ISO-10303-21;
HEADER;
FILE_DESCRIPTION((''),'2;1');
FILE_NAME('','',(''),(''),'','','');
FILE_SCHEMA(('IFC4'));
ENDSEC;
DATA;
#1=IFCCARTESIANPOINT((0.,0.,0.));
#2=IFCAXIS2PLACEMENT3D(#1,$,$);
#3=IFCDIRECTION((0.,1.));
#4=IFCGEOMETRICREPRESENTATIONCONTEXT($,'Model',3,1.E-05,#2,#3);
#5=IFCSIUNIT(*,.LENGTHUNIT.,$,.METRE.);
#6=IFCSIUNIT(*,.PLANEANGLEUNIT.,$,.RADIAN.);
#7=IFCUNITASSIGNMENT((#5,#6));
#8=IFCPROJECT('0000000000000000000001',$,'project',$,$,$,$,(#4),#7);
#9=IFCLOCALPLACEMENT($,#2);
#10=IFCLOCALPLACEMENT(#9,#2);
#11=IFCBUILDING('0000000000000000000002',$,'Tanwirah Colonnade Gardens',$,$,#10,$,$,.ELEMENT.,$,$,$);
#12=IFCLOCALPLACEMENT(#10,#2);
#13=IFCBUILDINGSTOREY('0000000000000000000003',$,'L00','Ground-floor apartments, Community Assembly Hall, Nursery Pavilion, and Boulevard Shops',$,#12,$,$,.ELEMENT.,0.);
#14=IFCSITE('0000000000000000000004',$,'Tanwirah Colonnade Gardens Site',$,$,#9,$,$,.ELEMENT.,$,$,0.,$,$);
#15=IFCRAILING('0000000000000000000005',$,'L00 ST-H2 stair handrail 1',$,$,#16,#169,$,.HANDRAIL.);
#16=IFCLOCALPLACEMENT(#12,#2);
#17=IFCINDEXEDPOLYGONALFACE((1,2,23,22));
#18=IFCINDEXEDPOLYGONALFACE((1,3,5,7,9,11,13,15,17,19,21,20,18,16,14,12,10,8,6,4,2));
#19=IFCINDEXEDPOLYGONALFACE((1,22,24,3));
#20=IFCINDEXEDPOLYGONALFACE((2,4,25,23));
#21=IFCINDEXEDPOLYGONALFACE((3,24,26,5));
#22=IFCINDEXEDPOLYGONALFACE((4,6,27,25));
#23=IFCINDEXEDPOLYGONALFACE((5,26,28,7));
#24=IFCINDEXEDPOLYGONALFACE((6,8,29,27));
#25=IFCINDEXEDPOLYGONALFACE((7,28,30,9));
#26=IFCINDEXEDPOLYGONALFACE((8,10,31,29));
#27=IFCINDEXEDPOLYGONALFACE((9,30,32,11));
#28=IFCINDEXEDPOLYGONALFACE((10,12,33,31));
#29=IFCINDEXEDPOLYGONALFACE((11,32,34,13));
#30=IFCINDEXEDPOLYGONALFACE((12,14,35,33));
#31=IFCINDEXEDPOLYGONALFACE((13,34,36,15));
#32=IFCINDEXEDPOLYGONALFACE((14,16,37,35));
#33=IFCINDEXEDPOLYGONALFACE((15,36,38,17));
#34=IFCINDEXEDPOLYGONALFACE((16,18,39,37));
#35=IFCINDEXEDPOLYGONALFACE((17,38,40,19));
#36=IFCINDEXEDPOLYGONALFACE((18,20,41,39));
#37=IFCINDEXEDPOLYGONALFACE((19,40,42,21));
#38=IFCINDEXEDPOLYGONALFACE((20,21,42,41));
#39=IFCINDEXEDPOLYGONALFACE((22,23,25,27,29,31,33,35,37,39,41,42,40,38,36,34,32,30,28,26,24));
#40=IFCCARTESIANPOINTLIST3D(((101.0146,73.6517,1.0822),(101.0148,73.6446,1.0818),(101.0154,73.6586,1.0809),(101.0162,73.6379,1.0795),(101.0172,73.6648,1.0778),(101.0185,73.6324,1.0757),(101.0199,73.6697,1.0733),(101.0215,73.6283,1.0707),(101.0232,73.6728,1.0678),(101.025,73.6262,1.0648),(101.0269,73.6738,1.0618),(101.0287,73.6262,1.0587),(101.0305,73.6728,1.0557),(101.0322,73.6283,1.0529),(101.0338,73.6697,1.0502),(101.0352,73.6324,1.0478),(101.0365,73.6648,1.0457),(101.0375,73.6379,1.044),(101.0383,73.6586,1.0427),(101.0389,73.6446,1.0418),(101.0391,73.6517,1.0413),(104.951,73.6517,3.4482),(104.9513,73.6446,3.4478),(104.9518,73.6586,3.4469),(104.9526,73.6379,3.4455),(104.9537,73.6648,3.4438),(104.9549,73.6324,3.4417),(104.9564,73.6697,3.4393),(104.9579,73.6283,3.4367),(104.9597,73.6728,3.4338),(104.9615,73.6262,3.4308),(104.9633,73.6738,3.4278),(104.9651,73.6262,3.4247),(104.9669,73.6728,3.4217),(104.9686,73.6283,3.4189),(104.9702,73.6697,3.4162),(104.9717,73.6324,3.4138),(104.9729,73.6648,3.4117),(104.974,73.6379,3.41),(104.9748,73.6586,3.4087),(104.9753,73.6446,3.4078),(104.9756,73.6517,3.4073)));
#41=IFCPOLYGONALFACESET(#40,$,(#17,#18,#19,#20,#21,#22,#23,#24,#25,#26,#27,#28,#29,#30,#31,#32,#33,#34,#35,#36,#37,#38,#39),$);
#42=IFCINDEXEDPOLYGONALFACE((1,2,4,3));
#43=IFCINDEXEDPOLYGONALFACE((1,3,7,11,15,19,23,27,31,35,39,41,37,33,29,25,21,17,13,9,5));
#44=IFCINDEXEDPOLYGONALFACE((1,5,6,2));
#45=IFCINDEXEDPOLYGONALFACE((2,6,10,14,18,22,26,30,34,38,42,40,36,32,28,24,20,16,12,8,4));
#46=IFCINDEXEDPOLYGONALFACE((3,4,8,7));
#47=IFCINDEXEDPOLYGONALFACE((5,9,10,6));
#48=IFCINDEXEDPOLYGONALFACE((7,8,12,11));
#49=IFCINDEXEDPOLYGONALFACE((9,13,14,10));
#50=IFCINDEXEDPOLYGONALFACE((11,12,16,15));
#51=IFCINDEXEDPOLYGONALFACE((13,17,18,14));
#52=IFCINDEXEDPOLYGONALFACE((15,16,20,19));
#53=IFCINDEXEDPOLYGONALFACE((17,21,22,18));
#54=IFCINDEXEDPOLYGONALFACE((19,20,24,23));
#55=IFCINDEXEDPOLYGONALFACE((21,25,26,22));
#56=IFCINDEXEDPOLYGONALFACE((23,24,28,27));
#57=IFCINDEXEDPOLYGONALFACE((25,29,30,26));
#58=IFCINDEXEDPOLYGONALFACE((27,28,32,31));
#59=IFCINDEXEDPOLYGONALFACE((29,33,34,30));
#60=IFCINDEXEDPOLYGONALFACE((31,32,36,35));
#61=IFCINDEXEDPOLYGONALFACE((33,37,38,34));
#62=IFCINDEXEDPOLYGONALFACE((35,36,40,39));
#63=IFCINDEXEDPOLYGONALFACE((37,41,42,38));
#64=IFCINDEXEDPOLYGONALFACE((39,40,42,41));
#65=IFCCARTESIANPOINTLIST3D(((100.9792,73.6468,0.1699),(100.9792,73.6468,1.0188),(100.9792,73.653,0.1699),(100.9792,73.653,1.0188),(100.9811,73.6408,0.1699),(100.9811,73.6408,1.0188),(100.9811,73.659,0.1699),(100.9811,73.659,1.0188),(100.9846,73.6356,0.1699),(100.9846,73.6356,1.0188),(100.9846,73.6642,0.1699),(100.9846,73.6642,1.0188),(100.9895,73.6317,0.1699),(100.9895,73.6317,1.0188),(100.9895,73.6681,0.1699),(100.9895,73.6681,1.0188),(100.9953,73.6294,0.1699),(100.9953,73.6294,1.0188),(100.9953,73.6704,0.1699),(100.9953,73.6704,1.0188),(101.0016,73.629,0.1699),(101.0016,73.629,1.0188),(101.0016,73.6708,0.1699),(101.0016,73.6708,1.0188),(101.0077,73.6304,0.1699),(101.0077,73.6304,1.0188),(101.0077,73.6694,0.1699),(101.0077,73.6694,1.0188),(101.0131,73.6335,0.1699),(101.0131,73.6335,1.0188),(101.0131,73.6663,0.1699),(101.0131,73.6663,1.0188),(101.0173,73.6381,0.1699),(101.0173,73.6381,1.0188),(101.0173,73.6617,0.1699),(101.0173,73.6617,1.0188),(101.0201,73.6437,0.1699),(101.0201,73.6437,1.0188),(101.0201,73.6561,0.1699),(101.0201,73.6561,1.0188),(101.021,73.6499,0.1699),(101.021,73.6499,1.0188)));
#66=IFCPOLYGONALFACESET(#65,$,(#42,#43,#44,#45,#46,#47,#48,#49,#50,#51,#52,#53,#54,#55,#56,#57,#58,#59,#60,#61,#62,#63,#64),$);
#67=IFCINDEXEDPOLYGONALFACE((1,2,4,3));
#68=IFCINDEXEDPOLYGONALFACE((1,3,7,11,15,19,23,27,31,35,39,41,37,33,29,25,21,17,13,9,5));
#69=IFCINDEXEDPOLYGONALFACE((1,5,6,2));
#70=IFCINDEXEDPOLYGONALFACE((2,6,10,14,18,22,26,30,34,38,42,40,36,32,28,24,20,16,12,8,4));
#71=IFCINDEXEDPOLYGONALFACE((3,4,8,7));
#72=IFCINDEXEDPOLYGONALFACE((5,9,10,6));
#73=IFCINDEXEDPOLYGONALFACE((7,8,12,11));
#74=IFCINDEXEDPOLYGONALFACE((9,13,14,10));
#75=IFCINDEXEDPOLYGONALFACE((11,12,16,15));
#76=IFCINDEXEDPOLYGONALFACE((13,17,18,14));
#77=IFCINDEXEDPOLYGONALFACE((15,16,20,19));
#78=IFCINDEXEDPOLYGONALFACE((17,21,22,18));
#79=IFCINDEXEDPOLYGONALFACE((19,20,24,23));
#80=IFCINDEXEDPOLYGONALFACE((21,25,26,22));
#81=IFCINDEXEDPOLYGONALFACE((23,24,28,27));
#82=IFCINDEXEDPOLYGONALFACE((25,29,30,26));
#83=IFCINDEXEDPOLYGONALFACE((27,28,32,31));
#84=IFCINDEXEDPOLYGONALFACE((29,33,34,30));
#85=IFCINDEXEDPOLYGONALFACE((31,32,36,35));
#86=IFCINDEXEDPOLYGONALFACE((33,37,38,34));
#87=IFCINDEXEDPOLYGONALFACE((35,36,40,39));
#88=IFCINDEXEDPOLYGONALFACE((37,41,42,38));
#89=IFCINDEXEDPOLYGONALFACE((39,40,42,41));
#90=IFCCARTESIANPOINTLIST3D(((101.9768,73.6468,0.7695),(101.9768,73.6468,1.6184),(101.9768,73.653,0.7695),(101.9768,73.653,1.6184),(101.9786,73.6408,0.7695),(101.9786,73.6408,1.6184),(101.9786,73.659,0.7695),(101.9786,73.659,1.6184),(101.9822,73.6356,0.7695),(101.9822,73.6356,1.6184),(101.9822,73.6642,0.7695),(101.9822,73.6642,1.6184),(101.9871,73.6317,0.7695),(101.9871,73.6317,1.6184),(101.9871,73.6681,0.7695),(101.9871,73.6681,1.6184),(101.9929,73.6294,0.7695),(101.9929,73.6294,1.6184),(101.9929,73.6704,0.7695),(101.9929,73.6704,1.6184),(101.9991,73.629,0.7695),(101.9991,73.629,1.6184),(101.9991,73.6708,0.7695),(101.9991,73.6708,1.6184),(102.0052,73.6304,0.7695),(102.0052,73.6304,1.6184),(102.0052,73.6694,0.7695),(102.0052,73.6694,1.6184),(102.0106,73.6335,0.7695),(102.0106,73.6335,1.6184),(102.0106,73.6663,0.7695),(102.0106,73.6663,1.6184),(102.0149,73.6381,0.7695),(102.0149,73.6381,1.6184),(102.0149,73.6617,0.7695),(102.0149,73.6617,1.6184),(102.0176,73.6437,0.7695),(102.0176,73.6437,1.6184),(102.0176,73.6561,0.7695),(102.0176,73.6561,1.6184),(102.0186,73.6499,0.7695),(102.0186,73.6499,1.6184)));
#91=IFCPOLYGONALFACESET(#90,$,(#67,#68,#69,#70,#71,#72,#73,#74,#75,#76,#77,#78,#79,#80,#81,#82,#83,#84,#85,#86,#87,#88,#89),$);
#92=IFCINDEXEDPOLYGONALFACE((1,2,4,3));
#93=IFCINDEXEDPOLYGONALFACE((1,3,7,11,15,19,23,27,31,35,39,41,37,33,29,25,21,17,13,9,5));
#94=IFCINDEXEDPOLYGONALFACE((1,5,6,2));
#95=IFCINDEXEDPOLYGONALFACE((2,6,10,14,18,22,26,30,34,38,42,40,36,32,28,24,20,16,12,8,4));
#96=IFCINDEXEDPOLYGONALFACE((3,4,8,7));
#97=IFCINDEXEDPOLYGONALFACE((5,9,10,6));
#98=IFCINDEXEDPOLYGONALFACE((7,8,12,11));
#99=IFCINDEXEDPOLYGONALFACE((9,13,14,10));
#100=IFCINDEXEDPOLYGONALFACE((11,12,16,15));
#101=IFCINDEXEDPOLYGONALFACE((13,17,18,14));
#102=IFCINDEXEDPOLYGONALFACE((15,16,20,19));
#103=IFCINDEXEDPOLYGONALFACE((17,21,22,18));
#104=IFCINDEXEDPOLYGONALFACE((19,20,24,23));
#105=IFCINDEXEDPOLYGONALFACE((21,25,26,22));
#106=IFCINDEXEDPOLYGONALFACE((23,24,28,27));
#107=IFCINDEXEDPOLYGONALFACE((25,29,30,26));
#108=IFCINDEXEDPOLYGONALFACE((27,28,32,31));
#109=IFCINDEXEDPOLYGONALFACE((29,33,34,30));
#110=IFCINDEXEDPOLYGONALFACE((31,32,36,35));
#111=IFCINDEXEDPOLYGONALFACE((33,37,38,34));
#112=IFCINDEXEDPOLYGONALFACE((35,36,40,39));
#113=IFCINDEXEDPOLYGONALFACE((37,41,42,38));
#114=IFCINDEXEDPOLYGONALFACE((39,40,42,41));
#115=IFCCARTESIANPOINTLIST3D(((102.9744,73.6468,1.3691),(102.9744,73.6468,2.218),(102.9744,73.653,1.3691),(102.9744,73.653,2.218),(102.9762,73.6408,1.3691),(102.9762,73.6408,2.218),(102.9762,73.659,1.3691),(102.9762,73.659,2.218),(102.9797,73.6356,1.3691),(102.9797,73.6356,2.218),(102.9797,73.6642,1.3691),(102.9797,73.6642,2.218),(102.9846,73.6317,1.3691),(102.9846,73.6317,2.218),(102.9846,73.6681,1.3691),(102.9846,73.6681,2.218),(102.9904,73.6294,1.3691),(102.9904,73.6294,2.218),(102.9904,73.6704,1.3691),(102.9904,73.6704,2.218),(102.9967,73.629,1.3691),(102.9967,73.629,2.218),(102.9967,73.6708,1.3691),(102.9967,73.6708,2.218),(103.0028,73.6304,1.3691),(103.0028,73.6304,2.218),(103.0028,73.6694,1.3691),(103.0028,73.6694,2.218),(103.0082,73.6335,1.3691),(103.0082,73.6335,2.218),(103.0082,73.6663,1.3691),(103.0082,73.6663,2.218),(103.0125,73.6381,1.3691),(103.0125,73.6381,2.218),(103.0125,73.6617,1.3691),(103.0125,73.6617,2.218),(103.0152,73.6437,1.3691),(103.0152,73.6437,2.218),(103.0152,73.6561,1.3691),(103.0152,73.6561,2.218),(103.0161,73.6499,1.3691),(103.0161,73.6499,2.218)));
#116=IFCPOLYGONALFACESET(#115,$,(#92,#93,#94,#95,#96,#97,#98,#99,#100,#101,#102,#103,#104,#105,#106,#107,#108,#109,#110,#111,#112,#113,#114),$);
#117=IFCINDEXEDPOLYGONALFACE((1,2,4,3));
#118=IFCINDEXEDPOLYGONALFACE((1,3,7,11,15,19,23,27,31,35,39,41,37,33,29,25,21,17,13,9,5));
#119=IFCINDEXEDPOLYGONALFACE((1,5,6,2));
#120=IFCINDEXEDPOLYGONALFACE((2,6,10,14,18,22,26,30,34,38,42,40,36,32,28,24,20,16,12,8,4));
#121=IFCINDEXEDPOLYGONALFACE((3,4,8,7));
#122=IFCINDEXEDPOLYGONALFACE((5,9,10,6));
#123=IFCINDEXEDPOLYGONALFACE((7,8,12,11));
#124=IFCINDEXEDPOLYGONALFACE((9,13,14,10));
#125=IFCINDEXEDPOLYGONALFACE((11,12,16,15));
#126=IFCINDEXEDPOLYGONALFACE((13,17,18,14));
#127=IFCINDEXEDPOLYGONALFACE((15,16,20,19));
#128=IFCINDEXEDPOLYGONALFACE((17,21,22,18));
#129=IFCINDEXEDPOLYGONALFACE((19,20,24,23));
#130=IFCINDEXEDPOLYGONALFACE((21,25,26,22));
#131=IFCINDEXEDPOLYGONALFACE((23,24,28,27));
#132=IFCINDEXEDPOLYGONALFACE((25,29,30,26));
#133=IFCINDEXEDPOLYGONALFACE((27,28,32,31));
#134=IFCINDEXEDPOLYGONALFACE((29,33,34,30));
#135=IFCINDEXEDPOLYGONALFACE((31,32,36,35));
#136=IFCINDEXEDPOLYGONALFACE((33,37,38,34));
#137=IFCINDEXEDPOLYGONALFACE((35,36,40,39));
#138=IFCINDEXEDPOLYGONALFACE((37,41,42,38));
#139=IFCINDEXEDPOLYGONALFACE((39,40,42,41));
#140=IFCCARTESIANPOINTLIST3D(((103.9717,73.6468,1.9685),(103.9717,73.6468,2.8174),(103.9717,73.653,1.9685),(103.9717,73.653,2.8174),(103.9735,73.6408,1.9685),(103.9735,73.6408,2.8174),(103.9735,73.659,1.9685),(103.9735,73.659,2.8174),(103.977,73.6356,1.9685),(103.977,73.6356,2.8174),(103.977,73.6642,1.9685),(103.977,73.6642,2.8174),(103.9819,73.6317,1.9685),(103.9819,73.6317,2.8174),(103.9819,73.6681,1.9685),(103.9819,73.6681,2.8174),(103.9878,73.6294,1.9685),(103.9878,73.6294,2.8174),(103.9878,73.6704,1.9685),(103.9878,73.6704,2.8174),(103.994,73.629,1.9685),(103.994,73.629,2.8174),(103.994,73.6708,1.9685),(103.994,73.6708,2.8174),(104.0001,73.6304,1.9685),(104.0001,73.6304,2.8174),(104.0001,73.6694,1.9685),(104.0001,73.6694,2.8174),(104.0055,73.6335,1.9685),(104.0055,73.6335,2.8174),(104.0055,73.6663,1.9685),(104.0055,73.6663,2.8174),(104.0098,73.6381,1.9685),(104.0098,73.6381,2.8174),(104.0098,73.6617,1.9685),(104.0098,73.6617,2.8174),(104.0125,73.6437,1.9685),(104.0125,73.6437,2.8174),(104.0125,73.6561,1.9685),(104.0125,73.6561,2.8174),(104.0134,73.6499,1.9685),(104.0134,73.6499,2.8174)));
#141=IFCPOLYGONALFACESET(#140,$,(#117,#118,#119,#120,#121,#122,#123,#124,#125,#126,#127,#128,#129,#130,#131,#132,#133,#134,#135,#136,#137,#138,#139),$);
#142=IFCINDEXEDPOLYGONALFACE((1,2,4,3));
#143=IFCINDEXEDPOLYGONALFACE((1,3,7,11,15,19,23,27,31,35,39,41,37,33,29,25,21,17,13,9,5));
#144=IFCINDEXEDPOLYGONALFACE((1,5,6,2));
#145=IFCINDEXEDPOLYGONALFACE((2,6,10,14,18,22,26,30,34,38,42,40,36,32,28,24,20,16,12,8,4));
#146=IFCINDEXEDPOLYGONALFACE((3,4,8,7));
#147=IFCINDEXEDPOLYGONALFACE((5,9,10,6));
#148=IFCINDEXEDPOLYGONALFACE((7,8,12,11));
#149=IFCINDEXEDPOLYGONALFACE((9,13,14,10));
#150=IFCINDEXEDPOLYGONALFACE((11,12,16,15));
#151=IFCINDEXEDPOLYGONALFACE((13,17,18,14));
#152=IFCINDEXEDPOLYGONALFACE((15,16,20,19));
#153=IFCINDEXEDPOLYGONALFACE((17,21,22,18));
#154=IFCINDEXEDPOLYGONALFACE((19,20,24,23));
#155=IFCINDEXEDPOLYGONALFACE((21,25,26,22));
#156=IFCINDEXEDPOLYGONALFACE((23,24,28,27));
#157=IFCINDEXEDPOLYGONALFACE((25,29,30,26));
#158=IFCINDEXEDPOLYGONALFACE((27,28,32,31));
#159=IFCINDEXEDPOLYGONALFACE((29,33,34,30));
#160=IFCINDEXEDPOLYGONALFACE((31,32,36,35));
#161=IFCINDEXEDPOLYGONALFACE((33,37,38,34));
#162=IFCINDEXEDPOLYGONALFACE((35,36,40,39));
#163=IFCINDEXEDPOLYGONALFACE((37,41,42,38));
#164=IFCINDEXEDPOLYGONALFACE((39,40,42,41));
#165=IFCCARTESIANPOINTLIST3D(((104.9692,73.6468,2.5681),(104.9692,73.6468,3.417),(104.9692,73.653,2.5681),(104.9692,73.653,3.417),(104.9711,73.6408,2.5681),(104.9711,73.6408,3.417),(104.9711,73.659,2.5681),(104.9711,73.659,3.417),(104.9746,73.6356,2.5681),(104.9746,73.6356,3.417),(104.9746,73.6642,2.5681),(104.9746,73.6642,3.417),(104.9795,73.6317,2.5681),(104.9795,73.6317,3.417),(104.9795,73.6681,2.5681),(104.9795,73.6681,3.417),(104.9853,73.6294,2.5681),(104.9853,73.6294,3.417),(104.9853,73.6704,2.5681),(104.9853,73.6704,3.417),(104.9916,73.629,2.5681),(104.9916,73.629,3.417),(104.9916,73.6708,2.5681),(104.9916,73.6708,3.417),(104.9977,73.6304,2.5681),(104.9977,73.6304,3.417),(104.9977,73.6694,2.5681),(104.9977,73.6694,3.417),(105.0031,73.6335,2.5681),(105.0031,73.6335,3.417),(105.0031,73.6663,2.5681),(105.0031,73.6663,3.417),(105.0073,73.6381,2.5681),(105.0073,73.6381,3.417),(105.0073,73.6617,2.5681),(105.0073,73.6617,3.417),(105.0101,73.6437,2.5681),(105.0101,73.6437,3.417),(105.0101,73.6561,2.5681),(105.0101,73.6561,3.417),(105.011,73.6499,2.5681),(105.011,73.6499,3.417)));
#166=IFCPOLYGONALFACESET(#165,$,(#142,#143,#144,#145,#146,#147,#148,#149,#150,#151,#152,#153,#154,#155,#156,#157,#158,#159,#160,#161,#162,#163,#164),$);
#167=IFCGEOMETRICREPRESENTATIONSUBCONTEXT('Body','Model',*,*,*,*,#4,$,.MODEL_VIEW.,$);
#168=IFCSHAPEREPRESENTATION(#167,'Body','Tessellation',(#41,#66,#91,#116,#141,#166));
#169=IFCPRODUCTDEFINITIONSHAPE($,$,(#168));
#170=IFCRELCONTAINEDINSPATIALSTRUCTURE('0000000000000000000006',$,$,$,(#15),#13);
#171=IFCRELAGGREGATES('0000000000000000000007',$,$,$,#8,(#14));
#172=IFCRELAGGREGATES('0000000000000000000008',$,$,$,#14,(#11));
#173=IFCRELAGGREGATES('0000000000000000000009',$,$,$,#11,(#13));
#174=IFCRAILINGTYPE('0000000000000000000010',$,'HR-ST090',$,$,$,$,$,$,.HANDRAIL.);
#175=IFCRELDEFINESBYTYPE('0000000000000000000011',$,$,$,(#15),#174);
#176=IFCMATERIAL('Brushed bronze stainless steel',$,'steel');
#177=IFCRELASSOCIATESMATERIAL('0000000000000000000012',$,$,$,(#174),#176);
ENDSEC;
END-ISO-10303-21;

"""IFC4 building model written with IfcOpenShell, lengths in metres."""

from ifc_helpers import new_model, si_unit, direction, frame, origin, origin_2d, place, context, subcontext, project, spatial, circle, extrude, material, type_object, element, save


model = new_model("IFC4")

# Units and contexts
model_context = context("Model", 3, precision=1e-05, world=origin(), true_north=direction((0.0, 1.0)))
body_context = subcontext(model_context, "Body", "Model", "MODEL_VIEW")
ifc_project = project(units=[si_unit("LENGTHUNIT", "METRE"), si_unit("PLANEANGLEUNIT", "RADIAN")], contexts=[model_context])

# Site, building, storey
site_placement = place(None, origin())
site = spatial("IfcSite", under=ifc_project, at=site_placement, Name="Tanwirah Colonnade Gardens Site", CompositionType="ELEMENT", RefElevation=0.0)
building_placement = place(site_placement, origin())
building = spatial("IfcBuilding", under=site, at=building_placement, Name="Tanwirah Colonnade Gardens", CompositionType="ELEMENT")
storey_placement = place(building_placement, origin())
storey = spatial("IfcBuildingStorey", under=building, at=storey_placement, Name="L00", Description="Ground-floor apartments, Community Assembly Hall, Nursery Pavilion, and Boulevard Shops", CompositionType="ELEMENT", Elevation=0.0)

# Railing
ifc_material_1 = material(Name="Brushed bronze stainless steel", Category="steel")
railing_type = type_object("IfcRailingType", Name="HR-ST090", PredefinedType="HANDRAIL", material=ifc_material_1)
railing_placement = place(storey_placement, frame((101.0, 73.6499, 0.1699)))
element("IfcRailing", 1, at=railing_placement, inside=storey, type_object=railing_type, Name="L00 ST-H2 stair handrail 1", PredefinedType="HANDRAIL", context=body_context, shape_type="SweptSolid", body=[
    extrude(circle(Radius=0.0239, at=origin_2d()), frame((0.0269, 0.0, 0.8918), z_axis=(0.857095, 0.0, 0.515159), x_axis=(0.0, 1.0, 0.0)), (0.0, 0.0, 1.0), 4.5928),
    extrude(circle(Radius=0.021, at=origin_2d()), origin(), (0.0, 0.0, 1.0), 0.8489),
    extrude(circle(Radius=0.021, at=origin_2d()), frame((0.9976, 0.0, 0.5996)), (0.0, 0.0, 1.0), 0.8489),
    extrude(circle(Radius=0.021, at=origin_2d()), frame((1.9951, 0.0, 1.1992)), (0.0, 0.0, 1.0), 0.8489),
    extrude(circle(Radius=0.021, at=origin_2d()), frame((2.9924, 0.0, 1.7986)), (0.0, 0.0, 1.0), 0.8489),
    extrude(circle(Radius=0.021, at=origin_2d()), frame((3.99, 0.0, 2.3982)), (0.0, 0.0, 1.0), 0.8489),
])

save(model, "model.ifc")
